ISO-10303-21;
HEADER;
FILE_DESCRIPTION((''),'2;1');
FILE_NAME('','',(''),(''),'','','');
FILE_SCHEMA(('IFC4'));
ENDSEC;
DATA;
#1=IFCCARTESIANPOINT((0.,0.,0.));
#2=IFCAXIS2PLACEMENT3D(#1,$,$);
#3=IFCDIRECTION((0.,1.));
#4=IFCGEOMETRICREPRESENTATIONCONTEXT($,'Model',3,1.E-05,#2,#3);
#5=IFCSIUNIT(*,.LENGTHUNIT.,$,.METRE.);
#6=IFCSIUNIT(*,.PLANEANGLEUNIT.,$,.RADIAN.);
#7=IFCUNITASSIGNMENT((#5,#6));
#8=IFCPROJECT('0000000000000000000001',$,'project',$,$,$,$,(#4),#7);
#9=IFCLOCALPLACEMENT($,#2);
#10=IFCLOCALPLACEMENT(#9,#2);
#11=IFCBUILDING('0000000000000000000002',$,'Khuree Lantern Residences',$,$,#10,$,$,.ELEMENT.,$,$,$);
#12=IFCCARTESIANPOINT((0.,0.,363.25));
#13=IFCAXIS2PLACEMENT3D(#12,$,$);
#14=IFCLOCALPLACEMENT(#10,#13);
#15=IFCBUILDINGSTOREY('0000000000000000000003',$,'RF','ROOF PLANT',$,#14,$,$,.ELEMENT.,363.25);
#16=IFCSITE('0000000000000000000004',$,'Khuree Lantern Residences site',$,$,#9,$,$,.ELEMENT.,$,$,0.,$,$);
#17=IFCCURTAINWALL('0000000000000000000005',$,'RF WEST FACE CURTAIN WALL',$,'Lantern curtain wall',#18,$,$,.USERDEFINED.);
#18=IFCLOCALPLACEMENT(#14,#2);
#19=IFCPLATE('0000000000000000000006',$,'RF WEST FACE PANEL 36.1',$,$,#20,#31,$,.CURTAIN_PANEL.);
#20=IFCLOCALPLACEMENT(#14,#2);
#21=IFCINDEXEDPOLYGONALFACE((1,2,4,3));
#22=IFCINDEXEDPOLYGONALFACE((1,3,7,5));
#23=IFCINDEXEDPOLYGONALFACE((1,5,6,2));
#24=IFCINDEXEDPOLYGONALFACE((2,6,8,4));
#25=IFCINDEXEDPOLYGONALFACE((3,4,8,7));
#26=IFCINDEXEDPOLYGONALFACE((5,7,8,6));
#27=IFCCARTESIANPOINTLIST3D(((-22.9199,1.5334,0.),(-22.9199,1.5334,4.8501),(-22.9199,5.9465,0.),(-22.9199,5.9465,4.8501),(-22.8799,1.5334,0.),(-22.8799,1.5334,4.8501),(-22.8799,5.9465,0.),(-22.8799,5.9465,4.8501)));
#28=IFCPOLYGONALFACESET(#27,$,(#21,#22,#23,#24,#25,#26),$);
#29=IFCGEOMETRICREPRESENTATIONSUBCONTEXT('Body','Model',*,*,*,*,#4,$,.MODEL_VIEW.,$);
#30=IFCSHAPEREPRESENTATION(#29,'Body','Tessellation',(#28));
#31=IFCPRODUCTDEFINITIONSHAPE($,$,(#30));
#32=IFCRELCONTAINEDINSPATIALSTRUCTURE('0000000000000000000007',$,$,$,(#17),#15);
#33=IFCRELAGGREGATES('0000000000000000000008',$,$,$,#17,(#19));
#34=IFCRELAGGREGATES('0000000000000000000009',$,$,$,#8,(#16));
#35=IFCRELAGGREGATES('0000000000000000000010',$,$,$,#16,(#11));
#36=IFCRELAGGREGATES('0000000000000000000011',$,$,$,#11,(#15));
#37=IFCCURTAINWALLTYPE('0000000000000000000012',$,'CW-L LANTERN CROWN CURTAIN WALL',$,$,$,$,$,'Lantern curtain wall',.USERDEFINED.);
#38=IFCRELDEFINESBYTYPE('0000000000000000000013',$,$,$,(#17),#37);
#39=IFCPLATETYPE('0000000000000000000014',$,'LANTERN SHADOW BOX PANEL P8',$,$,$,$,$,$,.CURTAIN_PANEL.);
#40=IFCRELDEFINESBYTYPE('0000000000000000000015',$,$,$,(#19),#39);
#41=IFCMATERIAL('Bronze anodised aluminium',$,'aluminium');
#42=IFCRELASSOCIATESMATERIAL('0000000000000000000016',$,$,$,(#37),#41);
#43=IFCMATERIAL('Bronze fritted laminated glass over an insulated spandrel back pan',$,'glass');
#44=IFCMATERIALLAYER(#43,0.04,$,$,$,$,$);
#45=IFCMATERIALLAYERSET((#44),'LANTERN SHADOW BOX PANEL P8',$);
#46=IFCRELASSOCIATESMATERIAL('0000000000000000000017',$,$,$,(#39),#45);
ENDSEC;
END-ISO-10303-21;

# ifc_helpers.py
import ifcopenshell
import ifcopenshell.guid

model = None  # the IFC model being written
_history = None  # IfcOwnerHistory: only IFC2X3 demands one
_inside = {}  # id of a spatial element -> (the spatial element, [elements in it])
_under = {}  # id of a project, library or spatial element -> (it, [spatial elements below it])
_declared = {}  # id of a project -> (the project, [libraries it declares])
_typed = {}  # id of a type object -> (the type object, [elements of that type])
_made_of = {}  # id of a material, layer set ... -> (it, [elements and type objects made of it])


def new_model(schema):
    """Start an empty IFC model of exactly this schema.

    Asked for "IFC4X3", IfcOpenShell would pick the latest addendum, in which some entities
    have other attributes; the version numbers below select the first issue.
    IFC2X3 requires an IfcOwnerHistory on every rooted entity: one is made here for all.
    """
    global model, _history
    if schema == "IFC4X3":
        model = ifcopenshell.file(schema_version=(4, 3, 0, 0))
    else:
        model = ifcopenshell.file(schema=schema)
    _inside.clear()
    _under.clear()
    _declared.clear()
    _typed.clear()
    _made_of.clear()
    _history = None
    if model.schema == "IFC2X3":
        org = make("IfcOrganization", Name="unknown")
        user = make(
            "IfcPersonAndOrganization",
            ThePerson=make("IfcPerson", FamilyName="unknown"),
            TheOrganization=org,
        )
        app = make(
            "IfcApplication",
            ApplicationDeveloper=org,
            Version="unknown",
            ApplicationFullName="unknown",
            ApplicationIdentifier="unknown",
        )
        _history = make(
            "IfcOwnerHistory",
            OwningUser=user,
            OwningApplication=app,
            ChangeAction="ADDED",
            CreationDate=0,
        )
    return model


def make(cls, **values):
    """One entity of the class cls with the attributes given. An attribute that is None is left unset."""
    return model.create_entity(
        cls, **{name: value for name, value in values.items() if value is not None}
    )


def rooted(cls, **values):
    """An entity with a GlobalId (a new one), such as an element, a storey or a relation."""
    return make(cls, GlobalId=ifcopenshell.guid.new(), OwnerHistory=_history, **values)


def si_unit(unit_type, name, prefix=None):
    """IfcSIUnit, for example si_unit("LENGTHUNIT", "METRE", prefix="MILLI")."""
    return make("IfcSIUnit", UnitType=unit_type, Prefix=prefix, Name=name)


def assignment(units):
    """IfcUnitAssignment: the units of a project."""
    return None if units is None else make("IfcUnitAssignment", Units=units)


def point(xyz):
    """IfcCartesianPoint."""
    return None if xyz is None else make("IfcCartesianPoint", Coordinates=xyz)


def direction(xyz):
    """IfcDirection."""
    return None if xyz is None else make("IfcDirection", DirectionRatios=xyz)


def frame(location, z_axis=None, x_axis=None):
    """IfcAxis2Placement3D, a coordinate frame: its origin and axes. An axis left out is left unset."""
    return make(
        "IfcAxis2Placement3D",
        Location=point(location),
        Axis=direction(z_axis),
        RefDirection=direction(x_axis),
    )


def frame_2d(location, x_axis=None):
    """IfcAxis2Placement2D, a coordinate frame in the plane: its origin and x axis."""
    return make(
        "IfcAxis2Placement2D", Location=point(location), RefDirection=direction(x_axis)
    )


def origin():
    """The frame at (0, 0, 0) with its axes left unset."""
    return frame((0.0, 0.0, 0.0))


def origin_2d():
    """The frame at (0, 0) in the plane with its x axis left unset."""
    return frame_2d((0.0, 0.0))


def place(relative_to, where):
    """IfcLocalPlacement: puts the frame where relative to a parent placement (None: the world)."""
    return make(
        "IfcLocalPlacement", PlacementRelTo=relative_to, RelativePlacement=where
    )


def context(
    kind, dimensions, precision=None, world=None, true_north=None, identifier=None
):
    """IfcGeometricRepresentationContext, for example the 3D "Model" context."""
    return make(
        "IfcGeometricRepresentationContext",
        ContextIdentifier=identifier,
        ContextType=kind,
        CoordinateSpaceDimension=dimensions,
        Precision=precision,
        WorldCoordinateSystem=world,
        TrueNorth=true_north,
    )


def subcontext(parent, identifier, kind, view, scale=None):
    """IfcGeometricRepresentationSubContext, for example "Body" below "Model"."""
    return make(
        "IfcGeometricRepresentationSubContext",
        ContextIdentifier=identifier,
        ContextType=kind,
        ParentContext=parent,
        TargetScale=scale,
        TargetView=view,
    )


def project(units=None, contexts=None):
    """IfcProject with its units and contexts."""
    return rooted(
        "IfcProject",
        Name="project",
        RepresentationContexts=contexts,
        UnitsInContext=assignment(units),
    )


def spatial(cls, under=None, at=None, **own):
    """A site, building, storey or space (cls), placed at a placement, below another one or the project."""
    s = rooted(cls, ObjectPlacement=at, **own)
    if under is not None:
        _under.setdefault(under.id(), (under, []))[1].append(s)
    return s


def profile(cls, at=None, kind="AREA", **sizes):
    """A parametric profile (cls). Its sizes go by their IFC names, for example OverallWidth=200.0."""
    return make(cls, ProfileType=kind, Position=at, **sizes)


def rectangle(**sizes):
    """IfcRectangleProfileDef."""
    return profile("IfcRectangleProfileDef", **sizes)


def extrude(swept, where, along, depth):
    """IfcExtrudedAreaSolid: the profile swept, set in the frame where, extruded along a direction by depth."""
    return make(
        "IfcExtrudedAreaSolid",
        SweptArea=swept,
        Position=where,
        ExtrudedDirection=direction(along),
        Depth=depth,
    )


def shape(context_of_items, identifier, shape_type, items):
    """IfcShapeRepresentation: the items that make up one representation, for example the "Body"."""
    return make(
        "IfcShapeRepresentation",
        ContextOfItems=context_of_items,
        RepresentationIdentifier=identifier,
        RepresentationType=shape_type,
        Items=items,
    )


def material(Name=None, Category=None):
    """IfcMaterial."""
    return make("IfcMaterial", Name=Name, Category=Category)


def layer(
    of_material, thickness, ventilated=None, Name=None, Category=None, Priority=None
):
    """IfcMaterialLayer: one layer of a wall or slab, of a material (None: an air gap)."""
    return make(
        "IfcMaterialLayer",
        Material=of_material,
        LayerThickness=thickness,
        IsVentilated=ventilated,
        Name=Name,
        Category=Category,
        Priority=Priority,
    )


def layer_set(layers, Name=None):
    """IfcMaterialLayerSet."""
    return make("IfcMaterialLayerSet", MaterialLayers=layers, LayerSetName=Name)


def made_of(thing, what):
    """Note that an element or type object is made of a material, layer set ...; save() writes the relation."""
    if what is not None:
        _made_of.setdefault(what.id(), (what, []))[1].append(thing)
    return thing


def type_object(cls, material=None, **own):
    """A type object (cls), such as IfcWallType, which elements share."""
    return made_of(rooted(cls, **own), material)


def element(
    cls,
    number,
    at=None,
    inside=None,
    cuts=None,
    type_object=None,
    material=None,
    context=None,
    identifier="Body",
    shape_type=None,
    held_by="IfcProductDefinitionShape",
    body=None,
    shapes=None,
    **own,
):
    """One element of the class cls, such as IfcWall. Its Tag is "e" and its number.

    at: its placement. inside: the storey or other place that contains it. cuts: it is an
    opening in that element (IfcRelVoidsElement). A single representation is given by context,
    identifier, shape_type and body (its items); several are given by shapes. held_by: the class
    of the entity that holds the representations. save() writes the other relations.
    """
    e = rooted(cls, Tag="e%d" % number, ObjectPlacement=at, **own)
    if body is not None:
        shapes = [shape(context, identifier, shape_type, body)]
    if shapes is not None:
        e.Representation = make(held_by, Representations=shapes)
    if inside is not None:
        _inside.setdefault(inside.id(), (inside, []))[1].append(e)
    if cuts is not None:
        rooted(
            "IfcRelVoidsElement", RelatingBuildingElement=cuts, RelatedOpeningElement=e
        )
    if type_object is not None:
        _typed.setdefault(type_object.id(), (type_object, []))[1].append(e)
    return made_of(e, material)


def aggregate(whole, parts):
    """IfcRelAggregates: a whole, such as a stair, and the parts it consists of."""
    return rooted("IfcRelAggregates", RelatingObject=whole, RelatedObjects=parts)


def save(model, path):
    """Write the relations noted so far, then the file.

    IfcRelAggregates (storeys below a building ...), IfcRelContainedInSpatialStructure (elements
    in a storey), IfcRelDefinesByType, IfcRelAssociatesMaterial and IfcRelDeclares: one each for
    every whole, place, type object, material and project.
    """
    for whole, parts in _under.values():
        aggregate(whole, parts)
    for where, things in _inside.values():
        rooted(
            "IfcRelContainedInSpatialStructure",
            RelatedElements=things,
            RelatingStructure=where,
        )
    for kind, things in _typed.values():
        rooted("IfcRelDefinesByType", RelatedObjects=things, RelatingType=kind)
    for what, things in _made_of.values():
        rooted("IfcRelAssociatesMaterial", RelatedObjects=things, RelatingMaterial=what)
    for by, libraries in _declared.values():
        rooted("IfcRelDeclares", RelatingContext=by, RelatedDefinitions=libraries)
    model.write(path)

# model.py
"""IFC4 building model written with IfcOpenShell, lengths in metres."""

from ifc_helpers import new_model, si_unit, direction, frame, origin, origin_2d, place, context, subcontext, project, spatial, rectangle, extrude, material, layer, layer_set, type_object, element, aggregate, save


model = new_model("IFC4")

# Units and contexts
model_context = context("Model", 3, precision=1e-05, world=origin(), true_north=direction((0.0, 1.0)))
body_context = subcontext(model_context, "Body", "Model", "MODEL_VIEW")
ifc_project = project(units=[si_unit("LENGTHUNIT", "METRE"), si_unit("PLANEANGLEUNIT", "RADIAN")], contexts=[model_context])

# Site, building, storey
site_placement = place(None, origin())
site = spatial("IfcSite", under=ifc_project, at=site_placement, Name="Khuree Lantern Residences site", CompositionType="ELEMENT", RefElevation=0.0)
building_placement = place(site_placement, origin())
building = spatial("IfcBuilding", under=site, at=building_placement, Name="Khuree Lantern Residences", CompositionType="ELEMENT")
storey_placement = place(building_placement, frame((0.0, 0.0, 363.25)))
storey = spatial("IfcBuildingStorey", under=building, at=storey_placement, Name="RF", Description="ROOF PLANT", CompositionType="ELEMENT", Elevation=363.25)

# Curtain wall
ifc_material_1 = material(Name="Bronze anodised aluminium", Category="aluminium")
curtain_wall_type = type_object("IfcCurtainWallType", Name="CW-L LANTERN CROWN CURTAIN WALL", ElementType="Lantern curtain wall", PredefinedType="USERDEFINED", material=ifc_material_1)
curtain_wall_1_placement = place(storey_placement, origin())
curtain_wall_1 = element("IfcCurtainWall", 1, at=curtain_wall_1_placement, inside=storey, type_object=curtain_wall_type, Name="RF WEST FACE CURTAIN WALL", ObjectType="Lantern curtain wall", PredefinedType="USERDEFINED")

# Plate
ifc_material_2 = material(Name="Bronze fritted laminated glass over an insulated spandrel back pan", Category="glass")
ifc_layer = layer(ifc_material_2, 0.04)
ifc_layer_set = layer_set([ifc_layer], Name="LANTERN SHADOW BOX PANEL P8")
plate_type = type_object("IfcPlateType", Name="LANTERN SHADOW BOX PANEL P8", PredefinedType="CURTAIN_PANEL", material=ifc_layer_set)
plate_1_placement = place(storey_placement, frame((-22.8999, 3.74, 0.0), z_axis=(0.0, 0.0, 1.0), x_axis=(0.0, -1.0, 0.0)))
plate_1 = element("IfcPlate", 2, at=plate_1_placement, type_object=plate_type, Name="RF WEST FACE PANEL 36.1", PredefinedType="CURTAIN_PANEL", context=body_context, shape_type="SweptSolid", body=[
    extrude(rectangle(XDim=4.4131, YDim=0.04, at=origin_2d()), origin(), (0.0, 0.0, 1.0), 4.8501),
])
aggregate(curtain_wall_1, [plate_1])

save(model, "model.ifc")
